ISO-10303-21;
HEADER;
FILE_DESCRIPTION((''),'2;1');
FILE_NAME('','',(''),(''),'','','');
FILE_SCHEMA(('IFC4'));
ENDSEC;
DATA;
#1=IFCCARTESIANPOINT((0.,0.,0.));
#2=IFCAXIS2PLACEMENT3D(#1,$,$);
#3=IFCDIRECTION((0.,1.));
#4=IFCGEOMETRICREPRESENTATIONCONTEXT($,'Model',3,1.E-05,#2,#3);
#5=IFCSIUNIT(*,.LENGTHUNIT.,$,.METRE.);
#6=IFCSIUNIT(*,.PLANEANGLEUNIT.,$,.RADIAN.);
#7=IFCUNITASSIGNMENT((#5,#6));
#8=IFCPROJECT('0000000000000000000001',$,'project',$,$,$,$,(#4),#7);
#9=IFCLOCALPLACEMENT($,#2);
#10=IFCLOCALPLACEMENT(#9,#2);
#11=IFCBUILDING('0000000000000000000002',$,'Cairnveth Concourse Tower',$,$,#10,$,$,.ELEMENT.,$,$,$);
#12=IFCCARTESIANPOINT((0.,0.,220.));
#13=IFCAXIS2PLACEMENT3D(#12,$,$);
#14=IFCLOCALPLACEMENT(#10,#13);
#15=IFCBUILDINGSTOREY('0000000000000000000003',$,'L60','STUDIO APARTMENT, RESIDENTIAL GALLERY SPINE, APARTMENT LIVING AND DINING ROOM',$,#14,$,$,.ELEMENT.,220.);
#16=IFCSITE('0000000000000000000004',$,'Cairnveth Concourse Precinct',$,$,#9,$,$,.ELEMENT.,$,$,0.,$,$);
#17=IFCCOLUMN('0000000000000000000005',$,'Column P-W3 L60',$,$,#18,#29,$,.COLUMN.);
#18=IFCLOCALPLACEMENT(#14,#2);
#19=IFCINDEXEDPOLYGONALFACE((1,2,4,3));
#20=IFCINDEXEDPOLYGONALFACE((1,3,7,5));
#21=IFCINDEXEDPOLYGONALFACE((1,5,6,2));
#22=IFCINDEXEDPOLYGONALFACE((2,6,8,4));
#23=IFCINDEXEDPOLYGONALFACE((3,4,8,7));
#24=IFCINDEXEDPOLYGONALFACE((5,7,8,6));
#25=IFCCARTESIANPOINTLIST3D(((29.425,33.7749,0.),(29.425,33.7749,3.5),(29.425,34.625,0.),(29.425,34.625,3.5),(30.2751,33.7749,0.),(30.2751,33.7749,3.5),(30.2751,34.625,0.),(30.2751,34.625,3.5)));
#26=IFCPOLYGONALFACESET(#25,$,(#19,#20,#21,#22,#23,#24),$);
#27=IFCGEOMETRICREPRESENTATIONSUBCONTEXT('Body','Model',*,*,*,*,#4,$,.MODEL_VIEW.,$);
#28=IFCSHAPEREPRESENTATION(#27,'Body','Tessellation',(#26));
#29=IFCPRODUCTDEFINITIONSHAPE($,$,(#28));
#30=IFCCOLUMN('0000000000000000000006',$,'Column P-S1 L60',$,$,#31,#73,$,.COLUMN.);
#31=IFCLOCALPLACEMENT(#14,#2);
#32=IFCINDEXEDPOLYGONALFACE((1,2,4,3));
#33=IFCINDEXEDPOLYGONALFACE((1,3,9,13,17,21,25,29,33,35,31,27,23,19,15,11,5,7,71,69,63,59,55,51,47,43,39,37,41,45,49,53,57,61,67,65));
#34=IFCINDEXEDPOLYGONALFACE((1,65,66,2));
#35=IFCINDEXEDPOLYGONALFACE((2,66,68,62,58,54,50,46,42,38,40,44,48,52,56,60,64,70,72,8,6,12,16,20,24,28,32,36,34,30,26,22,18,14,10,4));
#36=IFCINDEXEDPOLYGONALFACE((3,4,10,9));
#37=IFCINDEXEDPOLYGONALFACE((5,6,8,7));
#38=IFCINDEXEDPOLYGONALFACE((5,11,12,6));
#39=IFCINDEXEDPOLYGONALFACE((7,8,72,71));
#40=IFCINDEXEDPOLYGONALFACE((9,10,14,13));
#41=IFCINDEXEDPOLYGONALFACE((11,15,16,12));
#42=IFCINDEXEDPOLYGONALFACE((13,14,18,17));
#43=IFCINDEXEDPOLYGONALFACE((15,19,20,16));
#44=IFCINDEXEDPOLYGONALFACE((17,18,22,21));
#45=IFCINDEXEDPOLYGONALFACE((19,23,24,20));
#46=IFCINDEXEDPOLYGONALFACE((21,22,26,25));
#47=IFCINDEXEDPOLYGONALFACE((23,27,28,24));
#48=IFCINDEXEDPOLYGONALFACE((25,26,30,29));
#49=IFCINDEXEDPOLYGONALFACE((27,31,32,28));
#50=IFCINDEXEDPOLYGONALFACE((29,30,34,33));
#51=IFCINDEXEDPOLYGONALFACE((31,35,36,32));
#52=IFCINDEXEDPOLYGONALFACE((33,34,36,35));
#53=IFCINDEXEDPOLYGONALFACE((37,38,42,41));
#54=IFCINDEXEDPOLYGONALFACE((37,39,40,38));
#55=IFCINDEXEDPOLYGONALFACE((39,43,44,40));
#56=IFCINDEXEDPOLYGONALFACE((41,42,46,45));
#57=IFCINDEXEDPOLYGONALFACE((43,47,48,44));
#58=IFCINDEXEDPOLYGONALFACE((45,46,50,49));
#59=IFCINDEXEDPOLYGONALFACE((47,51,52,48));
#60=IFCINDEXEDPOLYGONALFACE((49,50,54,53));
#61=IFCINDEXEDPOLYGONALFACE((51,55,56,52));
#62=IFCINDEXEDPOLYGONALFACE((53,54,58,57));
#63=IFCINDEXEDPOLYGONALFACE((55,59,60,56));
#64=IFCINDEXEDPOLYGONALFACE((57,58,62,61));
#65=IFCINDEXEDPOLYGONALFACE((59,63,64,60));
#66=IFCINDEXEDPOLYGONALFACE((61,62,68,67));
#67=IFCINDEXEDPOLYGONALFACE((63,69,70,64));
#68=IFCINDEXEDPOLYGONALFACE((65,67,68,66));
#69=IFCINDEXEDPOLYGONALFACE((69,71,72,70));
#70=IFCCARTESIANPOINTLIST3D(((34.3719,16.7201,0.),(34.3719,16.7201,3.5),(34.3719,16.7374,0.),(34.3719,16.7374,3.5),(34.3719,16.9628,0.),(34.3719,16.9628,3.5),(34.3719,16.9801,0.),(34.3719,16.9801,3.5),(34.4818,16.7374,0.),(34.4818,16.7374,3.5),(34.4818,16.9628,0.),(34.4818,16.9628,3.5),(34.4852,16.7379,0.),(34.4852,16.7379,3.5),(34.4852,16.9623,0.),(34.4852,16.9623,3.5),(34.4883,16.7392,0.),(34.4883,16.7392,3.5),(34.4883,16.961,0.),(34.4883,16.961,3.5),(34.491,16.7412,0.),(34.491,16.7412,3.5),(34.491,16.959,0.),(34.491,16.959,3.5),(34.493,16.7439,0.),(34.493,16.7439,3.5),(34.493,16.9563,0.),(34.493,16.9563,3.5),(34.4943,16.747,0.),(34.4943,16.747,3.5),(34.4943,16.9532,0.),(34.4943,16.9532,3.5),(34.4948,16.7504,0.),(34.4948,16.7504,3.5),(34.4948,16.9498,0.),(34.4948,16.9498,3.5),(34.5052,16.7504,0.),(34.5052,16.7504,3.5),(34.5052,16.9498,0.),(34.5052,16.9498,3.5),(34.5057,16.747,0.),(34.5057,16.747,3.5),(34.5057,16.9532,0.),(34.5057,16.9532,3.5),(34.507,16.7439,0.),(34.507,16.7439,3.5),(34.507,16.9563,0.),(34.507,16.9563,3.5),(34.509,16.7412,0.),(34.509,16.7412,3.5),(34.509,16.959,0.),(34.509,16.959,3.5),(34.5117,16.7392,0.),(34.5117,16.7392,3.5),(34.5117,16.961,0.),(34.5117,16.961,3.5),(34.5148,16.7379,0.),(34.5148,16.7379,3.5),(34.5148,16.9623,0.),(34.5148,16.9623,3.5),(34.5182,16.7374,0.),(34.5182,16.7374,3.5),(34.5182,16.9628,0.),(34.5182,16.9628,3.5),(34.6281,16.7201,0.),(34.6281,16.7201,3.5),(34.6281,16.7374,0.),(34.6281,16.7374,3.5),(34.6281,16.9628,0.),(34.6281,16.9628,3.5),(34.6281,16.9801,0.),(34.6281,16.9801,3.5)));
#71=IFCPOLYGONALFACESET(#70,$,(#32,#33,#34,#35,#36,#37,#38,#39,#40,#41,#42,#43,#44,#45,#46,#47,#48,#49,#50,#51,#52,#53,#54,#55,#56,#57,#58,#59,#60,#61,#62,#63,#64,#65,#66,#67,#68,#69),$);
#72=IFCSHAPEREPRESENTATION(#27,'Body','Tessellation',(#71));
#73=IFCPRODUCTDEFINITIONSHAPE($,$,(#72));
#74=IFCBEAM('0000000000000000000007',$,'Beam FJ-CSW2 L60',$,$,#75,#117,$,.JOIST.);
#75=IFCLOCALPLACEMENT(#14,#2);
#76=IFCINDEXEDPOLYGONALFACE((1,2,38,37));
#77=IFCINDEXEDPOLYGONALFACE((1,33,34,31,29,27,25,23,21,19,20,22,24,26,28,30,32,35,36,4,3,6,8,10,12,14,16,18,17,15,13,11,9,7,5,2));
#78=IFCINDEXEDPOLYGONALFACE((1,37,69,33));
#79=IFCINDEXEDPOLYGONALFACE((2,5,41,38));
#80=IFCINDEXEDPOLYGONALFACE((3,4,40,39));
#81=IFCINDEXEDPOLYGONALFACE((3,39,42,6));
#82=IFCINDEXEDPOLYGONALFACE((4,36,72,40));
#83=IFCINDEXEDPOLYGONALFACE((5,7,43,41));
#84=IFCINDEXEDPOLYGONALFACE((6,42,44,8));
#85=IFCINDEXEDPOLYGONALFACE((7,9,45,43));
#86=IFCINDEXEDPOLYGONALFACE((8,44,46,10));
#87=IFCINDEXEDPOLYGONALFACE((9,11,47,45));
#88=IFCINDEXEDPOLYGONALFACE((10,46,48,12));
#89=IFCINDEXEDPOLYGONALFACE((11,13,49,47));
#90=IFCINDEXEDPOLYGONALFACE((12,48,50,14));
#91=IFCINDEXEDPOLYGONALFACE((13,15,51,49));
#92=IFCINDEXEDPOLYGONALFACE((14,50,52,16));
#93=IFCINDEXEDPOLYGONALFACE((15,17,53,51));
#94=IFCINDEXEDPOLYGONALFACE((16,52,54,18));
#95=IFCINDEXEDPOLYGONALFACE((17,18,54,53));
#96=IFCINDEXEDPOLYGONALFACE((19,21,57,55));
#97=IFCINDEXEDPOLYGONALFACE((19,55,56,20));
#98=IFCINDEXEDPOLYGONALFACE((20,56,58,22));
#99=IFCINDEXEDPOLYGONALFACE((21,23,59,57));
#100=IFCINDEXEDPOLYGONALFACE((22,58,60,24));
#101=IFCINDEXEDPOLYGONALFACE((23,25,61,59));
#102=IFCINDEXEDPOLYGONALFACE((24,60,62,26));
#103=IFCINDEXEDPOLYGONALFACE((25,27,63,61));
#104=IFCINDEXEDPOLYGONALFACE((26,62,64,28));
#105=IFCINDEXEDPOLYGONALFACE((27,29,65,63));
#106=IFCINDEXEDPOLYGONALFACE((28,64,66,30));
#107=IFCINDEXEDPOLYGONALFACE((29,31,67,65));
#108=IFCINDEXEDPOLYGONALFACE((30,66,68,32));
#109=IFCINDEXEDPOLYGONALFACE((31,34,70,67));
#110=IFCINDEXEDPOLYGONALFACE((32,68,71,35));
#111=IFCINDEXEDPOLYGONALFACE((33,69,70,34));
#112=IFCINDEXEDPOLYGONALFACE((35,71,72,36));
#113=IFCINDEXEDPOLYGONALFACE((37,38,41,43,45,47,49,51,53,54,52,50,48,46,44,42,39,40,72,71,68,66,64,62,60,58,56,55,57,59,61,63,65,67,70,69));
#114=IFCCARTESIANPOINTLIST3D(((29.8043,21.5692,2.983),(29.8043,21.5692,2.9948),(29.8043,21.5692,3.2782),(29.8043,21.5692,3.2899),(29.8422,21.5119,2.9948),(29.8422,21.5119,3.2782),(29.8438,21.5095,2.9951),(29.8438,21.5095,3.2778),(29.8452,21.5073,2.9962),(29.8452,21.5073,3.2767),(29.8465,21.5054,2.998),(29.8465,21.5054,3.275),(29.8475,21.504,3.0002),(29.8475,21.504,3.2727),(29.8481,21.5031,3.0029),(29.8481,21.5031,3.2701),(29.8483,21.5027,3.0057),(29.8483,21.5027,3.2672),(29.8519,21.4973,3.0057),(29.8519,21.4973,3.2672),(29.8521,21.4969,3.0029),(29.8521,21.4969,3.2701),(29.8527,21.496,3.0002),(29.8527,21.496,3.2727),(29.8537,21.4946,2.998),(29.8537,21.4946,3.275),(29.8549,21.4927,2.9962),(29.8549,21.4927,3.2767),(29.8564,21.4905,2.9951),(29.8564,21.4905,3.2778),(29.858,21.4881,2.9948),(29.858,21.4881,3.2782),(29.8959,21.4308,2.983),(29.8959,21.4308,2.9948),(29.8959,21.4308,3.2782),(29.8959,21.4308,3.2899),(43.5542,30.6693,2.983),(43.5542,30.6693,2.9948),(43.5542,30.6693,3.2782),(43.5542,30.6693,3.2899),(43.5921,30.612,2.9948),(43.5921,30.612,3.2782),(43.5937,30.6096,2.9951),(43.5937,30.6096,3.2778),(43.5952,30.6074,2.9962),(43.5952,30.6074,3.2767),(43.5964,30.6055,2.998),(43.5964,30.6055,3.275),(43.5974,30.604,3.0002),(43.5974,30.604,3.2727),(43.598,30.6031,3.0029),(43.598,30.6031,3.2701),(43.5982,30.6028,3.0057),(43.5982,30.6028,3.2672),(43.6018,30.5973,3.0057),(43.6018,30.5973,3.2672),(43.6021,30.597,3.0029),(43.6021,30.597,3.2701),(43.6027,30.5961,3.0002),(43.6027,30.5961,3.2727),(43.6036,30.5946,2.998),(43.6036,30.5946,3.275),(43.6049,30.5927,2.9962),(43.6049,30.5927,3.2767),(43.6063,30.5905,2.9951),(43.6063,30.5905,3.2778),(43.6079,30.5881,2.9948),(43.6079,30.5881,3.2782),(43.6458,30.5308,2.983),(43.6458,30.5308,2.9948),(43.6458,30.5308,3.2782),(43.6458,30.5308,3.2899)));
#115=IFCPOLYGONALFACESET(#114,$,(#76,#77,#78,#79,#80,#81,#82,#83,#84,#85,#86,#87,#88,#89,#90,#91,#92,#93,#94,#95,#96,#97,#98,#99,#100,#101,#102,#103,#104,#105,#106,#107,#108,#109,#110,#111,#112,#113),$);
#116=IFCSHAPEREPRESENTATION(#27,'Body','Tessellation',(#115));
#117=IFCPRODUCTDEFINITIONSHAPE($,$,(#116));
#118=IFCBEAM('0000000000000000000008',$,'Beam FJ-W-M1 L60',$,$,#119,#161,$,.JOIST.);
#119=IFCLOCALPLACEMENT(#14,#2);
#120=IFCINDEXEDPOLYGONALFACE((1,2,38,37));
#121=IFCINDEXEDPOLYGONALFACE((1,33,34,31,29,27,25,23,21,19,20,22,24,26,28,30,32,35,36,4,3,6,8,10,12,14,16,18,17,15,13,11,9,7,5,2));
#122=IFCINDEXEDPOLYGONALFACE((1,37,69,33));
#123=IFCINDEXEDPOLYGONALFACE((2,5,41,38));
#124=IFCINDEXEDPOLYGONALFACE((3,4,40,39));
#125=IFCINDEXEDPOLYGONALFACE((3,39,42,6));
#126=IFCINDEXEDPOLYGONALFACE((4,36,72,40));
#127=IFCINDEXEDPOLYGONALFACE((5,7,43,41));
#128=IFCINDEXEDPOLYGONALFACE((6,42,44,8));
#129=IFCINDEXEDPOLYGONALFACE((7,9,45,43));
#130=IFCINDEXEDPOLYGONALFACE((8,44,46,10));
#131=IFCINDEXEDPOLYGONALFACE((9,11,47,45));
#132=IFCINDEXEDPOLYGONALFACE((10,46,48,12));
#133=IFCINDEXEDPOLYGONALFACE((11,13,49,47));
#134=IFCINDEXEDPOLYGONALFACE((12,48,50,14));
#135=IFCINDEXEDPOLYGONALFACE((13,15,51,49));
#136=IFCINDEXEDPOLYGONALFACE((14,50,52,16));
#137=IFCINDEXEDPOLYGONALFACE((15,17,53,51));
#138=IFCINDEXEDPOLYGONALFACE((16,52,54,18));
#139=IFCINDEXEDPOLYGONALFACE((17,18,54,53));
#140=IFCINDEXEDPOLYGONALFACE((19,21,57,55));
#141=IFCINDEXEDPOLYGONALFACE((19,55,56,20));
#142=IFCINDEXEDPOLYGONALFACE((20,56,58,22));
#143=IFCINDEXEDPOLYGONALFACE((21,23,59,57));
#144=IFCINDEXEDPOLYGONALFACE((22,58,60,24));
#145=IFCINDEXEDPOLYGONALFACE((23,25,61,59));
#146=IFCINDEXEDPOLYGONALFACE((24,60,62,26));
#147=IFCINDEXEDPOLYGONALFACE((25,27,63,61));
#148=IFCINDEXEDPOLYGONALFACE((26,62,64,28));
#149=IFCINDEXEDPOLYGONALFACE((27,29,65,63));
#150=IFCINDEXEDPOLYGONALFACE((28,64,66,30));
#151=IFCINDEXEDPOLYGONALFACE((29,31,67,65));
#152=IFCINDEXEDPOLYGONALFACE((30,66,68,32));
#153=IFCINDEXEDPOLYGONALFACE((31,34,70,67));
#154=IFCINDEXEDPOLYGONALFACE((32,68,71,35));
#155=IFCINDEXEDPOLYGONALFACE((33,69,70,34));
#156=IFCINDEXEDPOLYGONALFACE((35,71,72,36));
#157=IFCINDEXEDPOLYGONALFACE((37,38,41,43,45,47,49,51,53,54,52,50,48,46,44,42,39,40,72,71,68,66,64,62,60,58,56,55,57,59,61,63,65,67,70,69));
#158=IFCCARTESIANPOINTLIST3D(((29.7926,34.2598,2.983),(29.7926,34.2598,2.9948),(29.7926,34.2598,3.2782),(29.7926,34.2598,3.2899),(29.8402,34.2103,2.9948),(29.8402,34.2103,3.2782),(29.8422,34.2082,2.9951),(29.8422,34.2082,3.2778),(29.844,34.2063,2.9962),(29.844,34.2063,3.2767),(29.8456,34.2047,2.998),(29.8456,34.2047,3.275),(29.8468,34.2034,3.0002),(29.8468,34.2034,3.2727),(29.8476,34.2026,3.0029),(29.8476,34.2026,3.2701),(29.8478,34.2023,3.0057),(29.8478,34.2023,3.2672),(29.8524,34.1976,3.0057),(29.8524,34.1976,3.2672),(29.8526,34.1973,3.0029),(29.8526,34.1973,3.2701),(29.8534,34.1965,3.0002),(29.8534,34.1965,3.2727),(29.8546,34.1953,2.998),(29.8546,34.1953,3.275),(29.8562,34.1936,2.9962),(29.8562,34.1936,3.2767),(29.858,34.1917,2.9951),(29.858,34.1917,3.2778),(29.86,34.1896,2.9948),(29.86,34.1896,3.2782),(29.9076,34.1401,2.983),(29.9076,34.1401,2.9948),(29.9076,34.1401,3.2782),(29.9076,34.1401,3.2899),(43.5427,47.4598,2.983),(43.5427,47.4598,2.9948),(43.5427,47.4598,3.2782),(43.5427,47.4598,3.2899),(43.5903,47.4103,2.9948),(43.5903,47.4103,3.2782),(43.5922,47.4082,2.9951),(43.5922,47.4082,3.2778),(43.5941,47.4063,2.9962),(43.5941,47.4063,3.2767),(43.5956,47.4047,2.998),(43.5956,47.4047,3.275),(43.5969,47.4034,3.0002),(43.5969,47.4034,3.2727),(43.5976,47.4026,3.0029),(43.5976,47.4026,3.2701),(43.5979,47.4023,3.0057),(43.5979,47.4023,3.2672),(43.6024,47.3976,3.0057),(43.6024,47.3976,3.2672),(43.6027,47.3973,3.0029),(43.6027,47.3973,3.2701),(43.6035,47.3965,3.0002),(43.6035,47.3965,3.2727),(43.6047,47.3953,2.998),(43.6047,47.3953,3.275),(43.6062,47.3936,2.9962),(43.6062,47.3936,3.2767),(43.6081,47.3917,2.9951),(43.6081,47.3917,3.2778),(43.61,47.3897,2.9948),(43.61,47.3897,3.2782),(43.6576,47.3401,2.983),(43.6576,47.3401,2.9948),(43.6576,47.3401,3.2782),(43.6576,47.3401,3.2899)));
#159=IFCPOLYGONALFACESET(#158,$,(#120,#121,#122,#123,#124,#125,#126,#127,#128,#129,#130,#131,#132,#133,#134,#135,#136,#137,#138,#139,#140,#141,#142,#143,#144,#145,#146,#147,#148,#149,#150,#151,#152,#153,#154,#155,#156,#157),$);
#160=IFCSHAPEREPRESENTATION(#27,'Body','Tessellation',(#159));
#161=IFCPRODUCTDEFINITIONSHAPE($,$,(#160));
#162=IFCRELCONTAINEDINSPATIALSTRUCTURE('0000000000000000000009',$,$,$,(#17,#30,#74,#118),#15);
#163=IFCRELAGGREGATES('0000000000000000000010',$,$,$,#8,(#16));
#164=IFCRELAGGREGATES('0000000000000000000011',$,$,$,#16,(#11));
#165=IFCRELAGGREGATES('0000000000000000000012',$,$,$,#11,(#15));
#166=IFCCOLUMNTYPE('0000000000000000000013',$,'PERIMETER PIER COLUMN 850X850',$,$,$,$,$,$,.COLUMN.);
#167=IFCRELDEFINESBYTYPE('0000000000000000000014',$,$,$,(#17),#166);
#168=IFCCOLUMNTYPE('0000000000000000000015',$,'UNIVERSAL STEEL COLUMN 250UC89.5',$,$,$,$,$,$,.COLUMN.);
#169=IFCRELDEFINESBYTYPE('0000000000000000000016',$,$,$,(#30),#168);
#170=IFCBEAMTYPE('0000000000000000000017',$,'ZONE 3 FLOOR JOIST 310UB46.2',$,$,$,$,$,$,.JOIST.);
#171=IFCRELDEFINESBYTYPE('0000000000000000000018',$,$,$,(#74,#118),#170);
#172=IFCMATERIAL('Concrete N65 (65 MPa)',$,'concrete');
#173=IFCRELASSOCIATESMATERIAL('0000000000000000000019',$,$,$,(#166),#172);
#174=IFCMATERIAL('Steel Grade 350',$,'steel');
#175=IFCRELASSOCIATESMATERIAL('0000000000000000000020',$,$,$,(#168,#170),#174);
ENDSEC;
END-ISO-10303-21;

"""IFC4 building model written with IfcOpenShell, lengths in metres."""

from ifc_helpers import new_model, si_unit, direction, frame, origin, origin_2d, place, context, subcontext, project, spatial, rectangle, i_section, extrude, material, material_profile, profile_set, type_object, element, save


model = new_model("IFC4")

# Units and contexts
model_context = context("Model", 3, precision=1e-05, world=origin(), true_north=direction((0.0, 1.0)))
body_context = subcontext(model_context, "Body", "Model", "MODEL_VIEW")
ifc_project = project(units=[si_unit("LENGTHUNIT", "METRE"), si_unit("PLANEANGLEUNIT", "RADIAN")], contexts=[model_context])

# Site, building, storey
site_placement = place(None, origin())
site = spatial("IfcSite", under=ifc_project, at=site_placement, Name="Cairnveth Concourse Precinct", CompositionType="ELEMENT", RefElevation=0.0)
building_placement = place(site_placement, origin())
building = spatial("IfcBuilding", under=site, at=building_placement, Name="Cairnveth Concourse Tower", CompositionType="ELEMENT")
storey_placement = place(building_placement, frame((0.0, 0.0, 220.0)))
storey = spatial("IfcBuildingStorey", under=building, at=storey_placement, Name="L60", Description="STUDIO APARTMENT, RESIDENTIAL GALLERY SPINE, APARTMENT LIVING AND DINING ROOM", CompositionType="ELEMENT", Elevation=220.0)

# Columns
ifc_material_1 = material(Name="Concrete N65 (65 MPa)", Category="concrete")
ifc_material_profile_1 = material_profile(ifc_material_1, rectangle(XDim=0.8501, YDim=0.8501, at=origin_2d()), Name="RC-COL-850x850")
ifc_profile_set_1 = profile_set([ifc_material_profile_1], Name="Concrete N65 (65 MPa)")
column_type_1 = type_object("IfcColumnType", Name="PERIMETER PIER COLUMN 850X850", PredefinedType="COLUMN", material=ifc_profile_set_1)
column_1_placement = place(storey_placement, frame((29.8501, 34.2, 0.0), z_axis=(0.0, 0.0, 1.0), x_axis=(0.0, 1.0, 0.0)))
element("IfcColumn", 1, at=column_1_placement, inside=storey, type_object=column_type_1, Name="Column P-W3 L60", PredefinedType="COLUMN", context=body_context, shape_type="SweptSolid", body=[
    extrude(rectangle(XDim=0.8501, YDim=0.8501, at=origin_2d()), origin(), (0.0, 0.0, 1.0), 3.5),
])
ifc_material_2 = material(Name="Steel Grade 350", Category="steel")
ifc_material_profile_2 = material_profile(ifc_material_2, i_section(OverallWidth=0.2561, OverallDepth=0.26, WebThickness=0.0105, FlangeThickness=0.0173, FilletRadius=0.0129, at=origin_2d()), Name="250UC89.5")
ifc_profile_set_2 = profile_set([ifc_material_profile_2], Name="Steel Grade 350")
column_type_2 = type_object("IfcColumnType", Name="UNIVERSAL STEEL COLUMN 250UC89.5", PredefinedType="COLUMN", material=ifc_profile_set_2)
column_2_placement = place(storey_placement, frame((34.5, 16.8501, 0.0), z_axis=(0.0, 0.0, 1.0), x_axis=(1.0, 0.0, 0.0)))
element("IfcColumn", 2, at=column_2_placement, inside=storey, type_object=column_type_2, Name="Column P-S1 L60", PredefinedType="COLUMN", context=body_context, shape_type="SweptSolid", body=[
    extrude(i_section(OverallWidth=0.2561, OverallDepth=0.26, WebThickness=0.0105, FlangeThickness=0.0173, FilletRadius=0.0129, at=origin_2d()), origin(), (0.0, 0.0, 1.0), 3.5),
])

# Beams
ifc_material_profile_3 = material_profile(ifc_material_2, i_section(OverallWidth=0.166, OverallDepth=0.3069, WebThickness=0.0066, FlangeThickness=0.0117, FilletRadius=0.011, at=origin_2d()), Name="310UB46.2")
ifc_profile_set_3 = profile_set([ifc_material_profile_3], Name="Steel Grade 350")
beam_type_1 = type_object("IfcBeamType", Name="ZONE 3 FLOOR JOIST 310UB46.2", PredefinedType="JOIST", material=ifc_profile_set_3)
beam_1_placement = place(storey_placement, frame((29.8501, 21.5, 3.1365), z_axis=(0.833909, 0.551902, 0.0), x_axis=(-0.551902, 0.833909, 0.0)))
element("IfcBeam", 3, at=beam_1_placement, inside=storey, type_object=beam_type_1, Name="Beam FJ-CSW2 L60", PredefinedType="JOIST", context=body_context, shape_type="SweptSolid", body=[
    extrude(i_section(OverallWidth=0.166, OverallDepth=0.3069, WebThickness=0.0066, FlangeThickness=0.0117, FilletRadius=0.011, at=origin_2d()), origin(), (0.0, 0.0, 1.0), 16.4885),
])
beam_2_placement = place(storey_placement, frame((29.8501, 34.2, 3.1365), z_axis=(0.721389, 0.69253, 0.0), x_axis=(-0.69253, 0.721389, 0.0)))
element("IfcBeam", 4, at=beam_2_placement, inside=storey, type_object=beam_type_1, Name="Beam FJ-W-M1 L60", PredefinedType="JOIST", context=body_context, shape_type="SweptSolid", body=[
    extrude(i_section(OverallWidth=0.166, OverallDepth=0.3069, WebThickness=0.0066, FlangeThickness=0.0117, FilletRadius=0.011, at=origin_2d()), origin(), (0.0, 0.0, 1.0), 19.0605),
])

save(model, "model.ifc")
